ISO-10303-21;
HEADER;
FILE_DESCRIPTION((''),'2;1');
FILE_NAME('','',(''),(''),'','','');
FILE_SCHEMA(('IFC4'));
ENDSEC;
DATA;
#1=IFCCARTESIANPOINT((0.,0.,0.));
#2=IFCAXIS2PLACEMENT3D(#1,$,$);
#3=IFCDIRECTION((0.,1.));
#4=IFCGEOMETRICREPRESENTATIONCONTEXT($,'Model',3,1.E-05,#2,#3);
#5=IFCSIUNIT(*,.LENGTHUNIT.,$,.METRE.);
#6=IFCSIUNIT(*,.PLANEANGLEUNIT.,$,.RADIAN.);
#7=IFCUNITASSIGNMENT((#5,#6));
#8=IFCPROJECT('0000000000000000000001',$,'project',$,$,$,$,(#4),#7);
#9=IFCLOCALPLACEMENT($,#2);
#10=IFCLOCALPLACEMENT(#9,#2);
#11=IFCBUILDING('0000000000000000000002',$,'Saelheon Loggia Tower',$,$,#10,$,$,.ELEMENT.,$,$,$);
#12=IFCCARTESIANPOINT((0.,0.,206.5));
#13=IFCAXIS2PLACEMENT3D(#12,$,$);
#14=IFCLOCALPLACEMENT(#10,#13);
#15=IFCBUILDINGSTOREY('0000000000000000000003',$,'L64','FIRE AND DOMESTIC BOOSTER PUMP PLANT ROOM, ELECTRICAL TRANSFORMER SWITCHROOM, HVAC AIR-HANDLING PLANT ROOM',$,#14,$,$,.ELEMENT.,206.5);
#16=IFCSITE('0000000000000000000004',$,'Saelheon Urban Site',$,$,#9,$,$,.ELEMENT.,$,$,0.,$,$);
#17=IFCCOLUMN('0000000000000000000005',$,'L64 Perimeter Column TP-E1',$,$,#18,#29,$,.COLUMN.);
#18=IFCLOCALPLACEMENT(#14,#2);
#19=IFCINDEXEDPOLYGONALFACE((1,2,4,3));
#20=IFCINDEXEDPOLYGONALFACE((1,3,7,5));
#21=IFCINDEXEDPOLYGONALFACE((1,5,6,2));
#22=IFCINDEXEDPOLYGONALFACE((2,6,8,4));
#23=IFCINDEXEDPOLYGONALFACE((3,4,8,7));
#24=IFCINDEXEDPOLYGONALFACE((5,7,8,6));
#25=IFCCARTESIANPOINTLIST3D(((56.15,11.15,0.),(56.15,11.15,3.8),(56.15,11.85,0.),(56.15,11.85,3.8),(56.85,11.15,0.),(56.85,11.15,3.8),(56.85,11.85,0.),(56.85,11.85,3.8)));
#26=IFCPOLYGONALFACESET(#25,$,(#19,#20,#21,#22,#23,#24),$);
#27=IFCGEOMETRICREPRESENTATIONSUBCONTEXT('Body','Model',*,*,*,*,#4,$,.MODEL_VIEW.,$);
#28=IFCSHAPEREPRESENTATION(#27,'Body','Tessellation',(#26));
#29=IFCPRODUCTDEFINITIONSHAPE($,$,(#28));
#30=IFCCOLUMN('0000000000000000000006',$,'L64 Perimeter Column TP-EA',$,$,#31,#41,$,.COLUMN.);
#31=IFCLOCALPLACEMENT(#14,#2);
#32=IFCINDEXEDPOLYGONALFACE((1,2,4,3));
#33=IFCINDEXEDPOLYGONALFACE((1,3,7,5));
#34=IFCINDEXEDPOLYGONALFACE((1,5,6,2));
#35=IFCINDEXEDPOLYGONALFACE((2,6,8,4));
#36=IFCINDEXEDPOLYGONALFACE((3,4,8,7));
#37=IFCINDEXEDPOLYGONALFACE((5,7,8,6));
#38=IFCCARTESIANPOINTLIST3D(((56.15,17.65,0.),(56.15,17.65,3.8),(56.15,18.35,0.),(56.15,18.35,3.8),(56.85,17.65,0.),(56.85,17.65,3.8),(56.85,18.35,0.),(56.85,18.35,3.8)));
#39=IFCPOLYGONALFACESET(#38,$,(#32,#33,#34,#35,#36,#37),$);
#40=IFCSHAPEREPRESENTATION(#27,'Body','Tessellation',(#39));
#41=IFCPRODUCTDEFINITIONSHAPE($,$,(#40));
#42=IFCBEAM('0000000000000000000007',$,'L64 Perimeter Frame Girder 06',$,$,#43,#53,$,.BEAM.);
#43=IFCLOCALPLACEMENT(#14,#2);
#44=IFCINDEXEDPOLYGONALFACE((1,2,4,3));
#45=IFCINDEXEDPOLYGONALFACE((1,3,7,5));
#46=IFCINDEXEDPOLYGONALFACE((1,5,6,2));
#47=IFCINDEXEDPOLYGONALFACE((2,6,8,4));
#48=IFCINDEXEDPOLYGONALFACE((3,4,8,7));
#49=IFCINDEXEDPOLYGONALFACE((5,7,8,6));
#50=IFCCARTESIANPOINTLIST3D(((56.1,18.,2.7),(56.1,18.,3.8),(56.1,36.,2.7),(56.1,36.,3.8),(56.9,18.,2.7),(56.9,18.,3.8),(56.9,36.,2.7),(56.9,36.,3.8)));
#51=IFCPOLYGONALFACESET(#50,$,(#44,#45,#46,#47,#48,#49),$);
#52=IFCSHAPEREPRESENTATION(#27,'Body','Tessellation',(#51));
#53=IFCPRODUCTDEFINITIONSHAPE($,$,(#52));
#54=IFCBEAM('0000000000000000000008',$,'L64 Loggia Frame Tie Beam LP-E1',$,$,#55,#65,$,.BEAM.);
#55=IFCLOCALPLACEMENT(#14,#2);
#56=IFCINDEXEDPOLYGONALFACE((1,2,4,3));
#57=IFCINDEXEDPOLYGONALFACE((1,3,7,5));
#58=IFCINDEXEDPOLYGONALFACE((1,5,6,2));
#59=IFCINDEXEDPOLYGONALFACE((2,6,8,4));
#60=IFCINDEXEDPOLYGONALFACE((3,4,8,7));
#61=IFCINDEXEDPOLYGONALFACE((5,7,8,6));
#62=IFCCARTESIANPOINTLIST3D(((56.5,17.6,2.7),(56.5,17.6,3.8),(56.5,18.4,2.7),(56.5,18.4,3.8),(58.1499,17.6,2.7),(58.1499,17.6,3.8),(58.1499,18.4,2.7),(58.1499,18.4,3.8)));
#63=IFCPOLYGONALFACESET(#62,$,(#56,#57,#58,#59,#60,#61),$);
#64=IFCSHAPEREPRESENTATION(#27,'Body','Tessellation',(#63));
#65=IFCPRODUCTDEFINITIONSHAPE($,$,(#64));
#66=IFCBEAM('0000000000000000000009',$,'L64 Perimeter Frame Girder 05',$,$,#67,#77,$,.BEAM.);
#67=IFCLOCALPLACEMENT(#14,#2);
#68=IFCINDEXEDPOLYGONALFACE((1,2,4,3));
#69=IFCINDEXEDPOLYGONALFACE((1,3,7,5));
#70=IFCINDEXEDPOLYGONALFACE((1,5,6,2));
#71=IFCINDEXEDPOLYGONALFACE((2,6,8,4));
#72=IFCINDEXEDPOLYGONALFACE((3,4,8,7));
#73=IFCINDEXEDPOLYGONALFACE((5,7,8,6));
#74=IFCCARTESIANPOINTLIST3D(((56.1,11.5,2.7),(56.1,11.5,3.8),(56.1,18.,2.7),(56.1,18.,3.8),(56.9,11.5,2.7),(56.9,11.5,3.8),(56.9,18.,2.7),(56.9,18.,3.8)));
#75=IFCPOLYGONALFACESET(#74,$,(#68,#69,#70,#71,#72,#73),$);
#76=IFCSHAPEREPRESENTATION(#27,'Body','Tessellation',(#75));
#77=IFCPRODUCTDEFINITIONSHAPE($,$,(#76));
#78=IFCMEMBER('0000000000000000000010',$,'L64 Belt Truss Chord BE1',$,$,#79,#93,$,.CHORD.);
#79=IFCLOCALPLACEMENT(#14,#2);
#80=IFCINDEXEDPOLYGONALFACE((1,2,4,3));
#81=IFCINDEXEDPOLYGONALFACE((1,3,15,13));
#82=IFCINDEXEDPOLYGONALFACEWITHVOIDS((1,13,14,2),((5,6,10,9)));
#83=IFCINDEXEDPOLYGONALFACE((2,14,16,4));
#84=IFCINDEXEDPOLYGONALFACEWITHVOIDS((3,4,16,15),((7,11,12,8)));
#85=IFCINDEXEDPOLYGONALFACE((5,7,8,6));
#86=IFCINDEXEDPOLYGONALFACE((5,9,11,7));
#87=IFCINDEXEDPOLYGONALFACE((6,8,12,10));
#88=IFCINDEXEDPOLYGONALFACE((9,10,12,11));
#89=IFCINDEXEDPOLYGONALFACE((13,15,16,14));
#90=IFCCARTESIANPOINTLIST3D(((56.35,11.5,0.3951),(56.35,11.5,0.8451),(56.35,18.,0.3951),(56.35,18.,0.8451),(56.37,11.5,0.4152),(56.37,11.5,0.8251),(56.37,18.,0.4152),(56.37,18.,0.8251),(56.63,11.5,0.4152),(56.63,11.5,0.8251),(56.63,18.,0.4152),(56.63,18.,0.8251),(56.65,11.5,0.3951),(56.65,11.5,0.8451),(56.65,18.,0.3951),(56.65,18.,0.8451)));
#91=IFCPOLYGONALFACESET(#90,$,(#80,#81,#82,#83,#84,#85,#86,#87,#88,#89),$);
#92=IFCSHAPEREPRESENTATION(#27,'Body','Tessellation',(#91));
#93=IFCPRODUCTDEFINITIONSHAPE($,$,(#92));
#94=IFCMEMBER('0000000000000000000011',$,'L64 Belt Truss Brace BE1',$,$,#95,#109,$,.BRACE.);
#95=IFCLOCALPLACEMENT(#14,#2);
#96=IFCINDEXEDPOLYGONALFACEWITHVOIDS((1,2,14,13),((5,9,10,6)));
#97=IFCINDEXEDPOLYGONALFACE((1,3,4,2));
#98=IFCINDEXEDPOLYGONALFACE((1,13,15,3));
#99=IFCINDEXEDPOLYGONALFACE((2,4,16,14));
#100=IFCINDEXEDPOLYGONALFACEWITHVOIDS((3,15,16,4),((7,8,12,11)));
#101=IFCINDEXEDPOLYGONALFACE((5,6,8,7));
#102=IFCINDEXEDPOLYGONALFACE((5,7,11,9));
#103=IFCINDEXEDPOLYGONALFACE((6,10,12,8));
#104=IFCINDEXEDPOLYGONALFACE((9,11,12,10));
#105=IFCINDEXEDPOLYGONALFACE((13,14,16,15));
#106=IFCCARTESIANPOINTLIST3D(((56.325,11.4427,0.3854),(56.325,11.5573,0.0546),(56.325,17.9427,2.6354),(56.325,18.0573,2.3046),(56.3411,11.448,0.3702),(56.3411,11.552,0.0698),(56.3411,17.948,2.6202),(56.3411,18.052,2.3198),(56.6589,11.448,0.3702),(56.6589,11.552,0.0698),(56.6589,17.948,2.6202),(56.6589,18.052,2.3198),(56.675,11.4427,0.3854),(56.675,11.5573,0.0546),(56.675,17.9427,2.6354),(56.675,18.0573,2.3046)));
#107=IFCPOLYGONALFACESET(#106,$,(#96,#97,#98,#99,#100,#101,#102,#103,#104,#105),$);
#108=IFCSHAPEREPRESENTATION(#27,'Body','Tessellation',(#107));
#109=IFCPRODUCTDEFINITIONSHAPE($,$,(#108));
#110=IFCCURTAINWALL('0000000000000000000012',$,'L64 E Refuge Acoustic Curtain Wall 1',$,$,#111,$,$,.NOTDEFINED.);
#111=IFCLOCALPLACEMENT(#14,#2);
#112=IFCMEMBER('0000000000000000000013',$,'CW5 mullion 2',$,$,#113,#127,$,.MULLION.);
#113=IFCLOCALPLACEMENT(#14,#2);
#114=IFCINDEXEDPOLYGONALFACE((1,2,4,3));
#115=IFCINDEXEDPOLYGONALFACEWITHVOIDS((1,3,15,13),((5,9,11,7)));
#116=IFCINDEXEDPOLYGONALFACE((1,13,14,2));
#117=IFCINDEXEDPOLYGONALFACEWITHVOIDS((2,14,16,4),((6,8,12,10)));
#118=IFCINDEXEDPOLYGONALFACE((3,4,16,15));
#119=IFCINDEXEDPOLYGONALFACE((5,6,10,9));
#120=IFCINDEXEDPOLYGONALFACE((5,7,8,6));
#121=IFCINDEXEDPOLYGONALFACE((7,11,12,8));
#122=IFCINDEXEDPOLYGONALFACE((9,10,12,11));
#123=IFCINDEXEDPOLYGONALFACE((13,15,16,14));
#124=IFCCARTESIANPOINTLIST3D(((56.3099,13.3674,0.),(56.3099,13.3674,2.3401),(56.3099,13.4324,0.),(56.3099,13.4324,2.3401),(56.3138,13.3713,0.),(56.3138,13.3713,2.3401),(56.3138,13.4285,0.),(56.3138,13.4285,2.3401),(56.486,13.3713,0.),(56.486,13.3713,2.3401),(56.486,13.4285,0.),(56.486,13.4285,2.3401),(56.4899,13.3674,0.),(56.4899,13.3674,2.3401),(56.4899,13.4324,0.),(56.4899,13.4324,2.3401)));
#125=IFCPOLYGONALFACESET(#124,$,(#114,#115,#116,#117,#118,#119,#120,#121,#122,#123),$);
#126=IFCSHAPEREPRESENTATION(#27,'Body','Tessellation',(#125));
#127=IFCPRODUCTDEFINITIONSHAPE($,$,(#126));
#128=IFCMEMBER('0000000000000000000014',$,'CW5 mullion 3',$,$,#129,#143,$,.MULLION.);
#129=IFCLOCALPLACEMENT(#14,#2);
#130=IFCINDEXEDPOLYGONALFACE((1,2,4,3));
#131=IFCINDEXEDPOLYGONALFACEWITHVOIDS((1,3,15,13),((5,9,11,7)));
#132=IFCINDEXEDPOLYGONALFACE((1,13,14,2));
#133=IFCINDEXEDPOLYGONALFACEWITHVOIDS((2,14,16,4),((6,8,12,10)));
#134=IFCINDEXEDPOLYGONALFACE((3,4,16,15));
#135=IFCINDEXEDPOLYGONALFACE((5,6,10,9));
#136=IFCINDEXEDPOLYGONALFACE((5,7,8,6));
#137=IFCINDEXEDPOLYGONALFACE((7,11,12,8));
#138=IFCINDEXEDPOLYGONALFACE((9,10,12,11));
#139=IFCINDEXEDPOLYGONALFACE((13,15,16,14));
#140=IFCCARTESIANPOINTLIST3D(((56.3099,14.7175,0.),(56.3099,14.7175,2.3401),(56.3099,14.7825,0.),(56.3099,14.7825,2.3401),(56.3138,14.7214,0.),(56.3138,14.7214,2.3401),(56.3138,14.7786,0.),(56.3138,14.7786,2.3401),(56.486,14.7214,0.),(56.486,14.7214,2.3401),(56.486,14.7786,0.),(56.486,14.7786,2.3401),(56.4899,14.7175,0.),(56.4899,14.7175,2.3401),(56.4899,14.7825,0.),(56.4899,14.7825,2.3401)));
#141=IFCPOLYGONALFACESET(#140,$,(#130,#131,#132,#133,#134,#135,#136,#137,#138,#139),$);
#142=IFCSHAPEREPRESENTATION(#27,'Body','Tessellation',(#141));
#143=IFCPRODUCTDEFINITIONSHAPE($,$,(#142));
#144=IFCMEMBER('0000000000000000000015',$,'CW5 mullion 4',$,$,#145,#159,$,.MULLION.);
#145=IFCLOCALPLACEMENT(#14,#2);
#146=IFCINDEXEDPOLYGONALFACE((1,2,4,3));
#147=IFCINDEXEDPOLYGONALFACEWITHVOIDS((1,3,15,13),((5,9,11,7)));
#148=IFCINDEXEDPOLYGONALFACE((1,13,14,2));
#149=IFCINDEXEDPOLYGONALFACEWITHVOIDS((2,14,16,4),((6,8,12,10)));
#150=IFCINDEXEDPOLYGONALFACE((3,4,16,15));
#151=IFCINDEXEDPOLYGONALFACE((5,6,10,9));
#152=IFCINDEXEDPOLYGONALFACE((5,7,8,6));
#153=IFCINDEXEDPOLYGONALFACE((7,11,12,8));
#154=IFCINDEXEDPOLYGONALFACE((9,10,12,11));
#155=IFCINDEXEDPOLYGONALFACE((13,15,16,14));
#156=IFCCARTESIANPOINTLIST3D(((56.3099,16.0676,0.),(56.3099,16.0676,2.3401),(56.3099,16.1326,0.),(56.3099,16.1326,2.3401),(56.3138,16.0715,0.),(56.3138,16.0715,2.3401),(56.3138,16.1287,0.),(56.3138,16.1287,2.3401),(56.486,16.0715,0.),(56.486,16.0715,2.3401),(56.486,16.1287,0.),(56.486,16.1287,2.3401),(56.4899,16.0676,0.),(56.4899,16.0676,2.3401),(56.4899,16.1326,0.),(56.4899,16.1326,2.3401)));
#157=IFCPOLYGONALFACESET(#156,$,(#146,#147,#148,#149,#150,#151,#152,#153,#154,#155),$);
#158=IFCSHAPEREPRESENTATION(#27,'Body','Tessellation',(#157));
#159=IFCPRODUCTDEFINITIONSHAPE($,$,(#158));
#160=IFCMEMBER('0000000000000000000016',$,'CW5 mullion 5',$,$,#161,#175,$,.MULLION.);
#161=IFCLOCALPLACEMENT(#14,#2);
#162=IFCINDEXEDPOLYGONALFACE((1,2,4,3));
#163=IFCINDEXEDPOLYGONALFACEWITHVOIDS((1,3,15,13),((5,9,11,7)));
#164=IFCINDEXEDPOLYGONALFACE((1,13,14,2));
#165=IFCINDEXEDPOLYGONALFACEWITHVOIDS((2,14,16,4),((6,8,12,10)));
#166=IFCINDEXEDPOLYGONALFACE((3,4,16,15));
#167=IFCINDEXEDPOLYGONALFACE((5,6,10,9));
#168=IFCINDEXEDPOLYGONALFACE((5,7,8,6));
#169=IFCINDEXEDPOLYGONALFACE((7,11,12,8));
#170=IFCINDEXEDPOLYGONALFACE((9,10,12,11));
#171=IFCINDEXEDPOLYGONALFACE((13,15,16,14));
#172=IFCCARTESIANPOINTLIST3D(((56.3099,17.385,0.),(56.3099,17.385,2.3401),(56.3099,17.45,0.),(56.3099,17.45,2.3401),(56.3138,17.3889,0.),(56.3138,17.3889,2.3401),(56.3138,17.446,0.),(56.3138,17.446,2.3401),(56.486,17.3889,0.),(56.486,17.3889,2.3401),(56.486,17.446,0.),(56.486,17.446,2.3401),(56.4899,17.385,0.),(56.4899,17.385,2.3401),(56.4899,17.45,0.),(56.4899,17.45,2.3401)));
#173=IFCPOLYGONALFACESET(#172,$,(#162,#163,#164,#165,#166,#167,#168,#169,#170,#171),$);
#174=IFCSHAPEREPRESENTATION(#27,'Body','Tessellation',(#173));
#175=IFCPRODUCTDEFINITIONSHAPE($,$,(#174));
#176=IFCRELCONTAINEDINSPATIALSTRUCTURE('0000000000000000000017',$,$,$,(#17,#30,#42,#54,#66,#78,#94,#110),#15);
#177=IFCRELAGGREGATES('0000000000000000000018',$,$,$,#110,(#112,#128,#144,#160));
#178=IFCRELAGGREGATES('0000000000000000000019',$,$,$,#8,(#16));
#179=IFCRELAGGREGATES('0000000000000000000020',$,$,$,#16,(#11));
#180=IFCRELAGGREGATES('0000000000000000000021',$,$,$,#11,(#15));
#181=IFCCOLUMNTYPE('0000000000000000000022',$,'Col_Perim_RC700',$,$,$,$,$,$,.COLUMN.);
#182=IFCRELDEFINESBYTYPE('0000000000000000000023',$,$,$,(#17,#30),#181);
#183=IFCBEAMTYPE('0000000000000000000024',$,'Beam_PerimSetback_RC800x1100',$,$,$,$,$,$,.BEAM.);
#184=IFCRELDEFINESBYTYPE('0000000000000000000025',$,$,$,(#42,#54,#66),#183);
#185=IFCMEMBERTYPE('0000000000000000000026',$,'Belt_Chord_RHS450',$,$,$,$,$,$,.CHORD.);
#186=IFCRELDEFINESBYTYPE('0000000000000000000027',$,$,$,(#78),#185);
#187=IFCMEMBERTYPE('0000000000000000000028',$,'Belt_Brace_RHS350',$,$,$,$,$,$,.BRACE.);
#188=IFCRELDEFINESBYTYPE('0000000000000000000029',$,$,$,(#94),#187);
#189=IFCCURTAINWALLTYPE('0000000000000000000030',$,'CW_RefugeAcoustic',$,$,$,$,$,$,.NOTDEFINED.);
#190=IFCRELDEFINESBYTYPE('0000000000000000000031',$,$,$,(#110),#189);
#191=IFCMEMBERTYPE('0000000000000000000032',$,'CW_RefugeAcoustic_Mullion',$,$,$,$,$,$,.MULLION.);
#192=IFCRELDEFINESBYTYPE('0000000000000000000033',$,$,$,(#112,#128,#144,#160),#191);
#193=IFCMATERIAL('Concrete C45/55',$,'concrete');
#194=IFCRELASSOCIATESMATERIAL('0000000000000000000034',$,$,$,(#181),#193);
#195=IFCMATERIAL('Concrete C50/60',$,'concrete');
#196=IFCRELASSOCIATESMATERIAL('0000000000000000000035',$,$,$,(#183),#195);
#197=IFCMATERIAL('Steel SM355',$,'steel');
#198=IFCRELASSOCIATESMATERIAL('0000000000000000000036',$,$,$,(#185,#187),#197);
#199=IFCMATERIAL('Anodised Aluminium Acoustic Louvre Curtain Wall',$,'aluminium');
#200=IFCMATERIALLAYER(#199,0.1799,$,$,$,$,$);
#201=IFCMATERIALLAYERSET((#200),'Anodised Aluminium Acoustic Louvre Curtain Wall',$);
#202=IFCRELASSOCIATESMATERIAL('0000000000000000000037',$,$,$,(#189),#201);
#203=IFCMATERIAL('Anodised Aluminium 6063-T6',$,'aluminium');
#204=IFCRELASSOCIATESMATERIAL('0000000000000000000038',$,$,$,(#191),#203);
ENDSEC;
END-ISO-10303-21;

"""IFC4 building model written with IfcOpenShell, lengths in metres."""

from ifc_helpers import new_model, si_unit, direction, frame, origin, origin_2d, place, context, subcontext, project, spatial, rectangle, hollow_rectangle, extrude, source, transform, mapped, material, layer, layer_set, material_profile, profile_set, type_object, element, aggregate, save


model = new_model("IFC4")

# Units and contexts
model_context = context("Model", 3, precision=1e-05, world=origin(), true_north=direction((0.0, 1.0)))
body_context = subcontext(model_context, "Body", "Model", "MODEL_VIEW")
ifc_project = project(units=[si_unit("LENGTHUNIT", "METRE"), si_unit("PLANEANGLEUNIT", "RADIAN")], contexts=[model_context])

# Site, building, storey
site_placement = place(None, origin())
site = spatial("IfcSite", under=ifc_project, at=site_placement, Name="Saelheon Urban Site", CompositionType="ELEMENT", RefElevation=0.0)
building_placement = place(site_placement, origin())
building = spatial("IfcBuilding", under=site, at=building_placement, Name="Saelheon Loggia Tower", CompositionType="ELEMENT")
storey_placement = place(building_placement, frame((0.0, 0.0, 206.5)))
storey = spatial("IfcBuildingStorey", under=building, at=storey_placement, Name="L64", Description="FIRE AND DOMESTIC BOOSTER PUMP PLANT ROOM, ELECTRICAL TRANSFORMER SWITCHROOM, HVAC AIR-HANDLING PLANT ROOM", CompositionType="ELEMENT", Elevation=206.5)

# Columns
ifc_material_1 = material(Name="Concrete C45/55", Category="concrete")
ifc_material_profile_1 = material_profile(ifc_material_1, rectangle(XDim=0.7, YDim=0.7, at=origin_2d()), Name="RC-700x700")
ifc_profile_set_1 = profile_set([ifc_material_profile_1], Name="Concrete C45/55")
column_type = type_object("IfcColumnType", Name="Col_Perim_RC700", PredefinedType="COLUMN", material=ifc_profile_set_1)
shared_shape_1 = source(origin(), body_context, "Body", "SweptSolid", [
    extrude(rectangle(XDim=0.7, YDim=0.7, at=origin_2d()), origin(), (0.0, 0.0, 1.0), 3.8),
])
for number, where, z_axis, x_axis, name in (
    (1, (56.5, 11.5, 0.0), (0.0, 0.0, 1.0), (1.0, 0.0, 0.0), "L64 Perimeter Column TP-E1"),
    (2, (56.5, 18.0, 0.0), (0.0, 0.0, 1.0), (1.0, 0.0, 0.0), "L64 Perimeter Column TP-EA"),
):
    element("IfcColumn", number, at=place(storey_placement, frame(where, z_axis=z_axis, x_axis=x_axis)), inside=storey, type_object=column_type, Name=name, PredefinedType="COLUMN", context=body_context, shape_type="MappedRepresentation", body=[
        mapped(shared_shape_1, transform((0.0, 0.0, 0.0), scale=1.0)),
    ])

# Beams
ifc_material_2 = material(Name="Concrete C50/60", Category="concrete")
ifc_material_profile_2 = material_profile(ifc_material_2, rectangle(XDim=0.8, YDim=1.1001, at=origin_2d()), Name="RC-800x1100")
ifc_profile_set_2 = profile_set([ifc_material_profile_2], Name="Concrete C50/60")
beam_type = type_object("IfcBeamType", Name="Beam_PerimSetback_RC800x1100", PredefinedType="BEAM", material=ifc_profile_set_2)
shared_shape_2 = source(origin(), body_context, "Body", "SweptSolid", [
    extrude(rectangle(XDim=0.8, YDim=1.1001, at=origin_2d()), origin(), (0.0, 0.0, 1.0), 18.0),
])
beam_1_placement = place(storey_placement, frame((56.5, 18.0, 3.25), z_axis=(0.0, 1.0, 0.0), x_axis=(-1.0, 0.0, 0.0)))
element("IfcBeam", 3, at=beam_1_placement, inside=storey, type_object=beam_type, Name="L64 Perimeter Frame Girder 06", PredefinedType="BEAM", context=body_context, shape_type="MappedRepresentation", body=[
    mapped(shared_shape_2, transform((0.0, 0.0, 0.0), scale=1.0)),
])
shared_shape_3 = source(origin(), body_context, "Body", "SweptSolid", [
    extrude(rectangle(XDim=0.8, YDim=1.1001, at=origin_2d()), origin(), (0.0, 0.0, 1.0), 1.6499),
])
beam_2_placement = place(storey_placement, frame((56.5, 18.0, 3.25), z_axis=(1.0, 0.0, 0.0), x_axis=(0.0, 1.0, 0.0)))
element("IfcBeam", 4, at=beam_2_placement, inside=storey, type_object=beam_type, Name="L64 Loggia Frame Tie Beam LP-E1", PredefinedType="BEAM", context=body_context, shape_type="MappedRepresentation", body=[
    mapped(shared_shape_3, transform((0.0, 0.0, 0.0), scale=1.0)),
])
shared_shape_4 = source(origin(), body_context, "Body", "SweptSolid", [
    extrude(rectangle(XDim=0.8, YDim=1.1001, at=origin_2d()), origin(), (0.0, 0.0, 1.0), 6.5),
])
beam_3_placement = place(storey_placement, frame((56.5, 11.5, 3.25), z_axis=(0.0, 1.0, 0.0), x_axis=(-1.0, 0.0, 0.0)))
element("IfcBeam", 5, at=beam_3_placement, inside=storey, type_object=beam_type, Name="L64 Perimeter Frame Girder 05", PredefinedType="BEAM", context=body_context, shape_type="MappedRepresentation", body=[
    mapped(shared_shape_4, transform((0.0, 0.0, 0.0), scale=1.0)),
])

# Members
ifc_material_3 = material(Name="Steel SM355", Category="steel")
ifc_material_profile_3 = material_profile(ifc_material_3, hollow_rectangle(XDim=0.3, YDim=0.45, WallThickness=0.02, at=origin_2d()), Name="RHS-450x300x20")
ifc_profile_set_3 = profile_set([ifc_material_profile_3], Name="Steel SM355")
member_type_1 = type_object("IfcMemberType", Name="Belt_Chord_RHS450", PredefinedType="CHORD", material=ifc_profile_set_3)
shared_shape_5 = source(origin(), body_context, "Body", "SweptSolid", [
    extrude(hollow_rectangle(XDim=0.3, YDim=0.45, WallThickness=0.02, at=origin_2d()), origin(), (0.0, 0.0, 1.0), 6.5),
])
member_1_placement = place(storey_placement, frame((56.5, 11.5, 0.6201), z_axis=(0.0, 1.0, 0.0), x_axis=(-1.0, 0.0, 0.0)))
element("IfcMember", 6, at=member_1_placement, inside=storey, type_object=member_type_1, Name="L64 Belt Truss Chord BE1", PredefinedType="CHORD", context=body_context, shape_type="MappedRepresentation", body=[
    mapped(shared_shape_5, transform((0.0, 0.0, 0.0), scale=1.0)),
])
ifc_material_profile_4 = material_profile(ifc_material_3, hollow_rectangle(XDim=0.3501, YDim=0.3501, WallThickness=0.0161, at=origin_2d()), Name="RHS-350x350x16")
ifc_profile_set_4 = profile_set([ifc_material_profile_4], Name="Steel SM355")
member_type_2 = type_object("IfcMemberType", Name="Belt_Brace_RHS350", PredefinedType="BRACE", material=ifc_profile_set_4)
shared_shape_6 = source(origin(), body_context, "Body", "SweptSolid", [
    extrude(hollow_rectangle(XDim=0.3501, YDim=0.3501, WallThickness=0.0161, at=origin_2d()), origin(), (0.0, 0.0, 1.0), 6.8784),
])
member_2_placement = place(storey_placement, frame((56.5, 11.5, 0.22), z_axis=(0.0, 0.944986, 0.327111), x_axis=(-1.0, 0.0, 0.0)))
element("IfcMember", 7, at=member_2_placement, inside=storey, type_object=member_type_2, Name="L64 Belt Truss Brace BE1", PredefinedType="BRACE", context=body_context, shape_type="MappedRepresentation", body=[
    mapped(shared_shape_6, transform((0.0, 0.0, 0.0), scale=1.0)),
])

# Curtain wall, members
ifc_material_4 = material(Name="Anodised Aluminium Acoustic Louvre Curtain Wall", Category="aluminium")
ifc_layer_1 = layer(ifc_material_4, 0.1799)
ifc_layer_set_1 = layer_set([ifc_layer_1], Name="Anodised Aluminium Acoustic Louvre Curtain Wall")
curtain_wall_type = type_object("IfcCurtainWallType", Name="CW_RefugeAcoustic", PredefinedType="NOTDEFINED", material=ifc_layer_set_1)
curtain_wall_placement = place(storey_placement, origin())
curtain_wall = element("IfcCurtainWall", 8, at=curtain_wall_placement, inside=storey, type_object=curtain_wall_type, Name="L64 E Refuge Acoustic Curtain Wall 1", PredefinedType="NOTDEFINED")
ifc_material_5 = material(Name="Anodised Aluminium 6063-T6", Category="aluminium")
ifc_material_profile_5 = material_profile(ifc_material_5, hollow_rectangle(XDim=0.0649, YDim=0.1799, WallThickness=0.0039, at=origin_2d()), Name="RHS-180x65x4")
ifc_profile_set_5 = profile_set([ifc_material_profile_5], Name="Anodised Aluminium 6063-T6")
member_type_3 = type_object("IfcMemberType", Name="CW_RefugeAcoustic_Mullion", PredefinedType="MULLION", material=ifc_profile_set_5)
shared_shape_7 = source(origin(), body_context, "Body", "SweptSolid", [
    extrude(hollow_rectangle(XDim=0.0649, YDim=0.1799, WallThickness=0.0039, at=origin_2d()), origin(), (0.0, 0.0, 1.0), 2.3401),
])
member_3_placement = place(storey_placement, frame((56.3999, 13.3999, 0.0), z_axis=(0.0, 0.0, 1.0), x_axis=(0.0, 1.0, 0.0)))
member_3 = element("IfcMember", 9, at=member_3_placement, type_object=member_type_3, Name="CW5 mullion 2", PredefinedType="MULLION", context=body_context, shape_type="MappedRepresentation", body=[
    mapped(shared_shape_7, transform((0.0, 0.0, 0.0), scale=1.0)),
])
member_4_placement = place(storey_placement, frame((56.3999, 14.75, 0.0), z_axis=(0.0, 0.0, 1.0), x_axis=(0.0, 1.0, 0.0)))
member_4 = element("IfcMember", 10, at=member_4_placement, type_object=member_type_3, Name="CW5 mullion 3", PredefinedType="MULLION", context=body_context, shape_type="MappedRepresentation", body=[
    mapped(shared_shape_7, transform((0.0, 0.0, 0.0), scale=1.0)),
])
member_5_placement = place(storey_placement, frame((56.3999, 16.1001, 0.0), z_axis=(0.0, 0.0, 1.0), x_axis=(0.0, 1.0, 0.0)))
member_5 = element("IfcMember", 11, at=member_5_placement, type_object=member_type_3, Name="CW5 mullion 4", PredefinedType="MULLION", context=body_context, shape_type="MappedRepresentation", body=[
    mapped(shared_shape_7, transform((0.0, 0.0, 0.0), scale=1.0)),
])
member_6_placement = place(storey_placement, frame((56.3999, 17.4175, 0.0), z_axis=(0.0, 0.0, 1.0), x_axis=(0.0, 1.0, 0.0)))
member_6 = element("IfcMember", 12, at=member_6_placement, type_object=member_type_3, Name="CW5 mullion 5", PredefinedType="MULLION", context=body_context, shape_type="MappedRepresentation", body=[
    mapped(shared_shape_7, transform((0.0, 0.0, 0.0), scale=1.0)),
])

aggregate(curtain_wall, [member_3, member_4, member_5, member_6])

save(model, "model.ifc")
